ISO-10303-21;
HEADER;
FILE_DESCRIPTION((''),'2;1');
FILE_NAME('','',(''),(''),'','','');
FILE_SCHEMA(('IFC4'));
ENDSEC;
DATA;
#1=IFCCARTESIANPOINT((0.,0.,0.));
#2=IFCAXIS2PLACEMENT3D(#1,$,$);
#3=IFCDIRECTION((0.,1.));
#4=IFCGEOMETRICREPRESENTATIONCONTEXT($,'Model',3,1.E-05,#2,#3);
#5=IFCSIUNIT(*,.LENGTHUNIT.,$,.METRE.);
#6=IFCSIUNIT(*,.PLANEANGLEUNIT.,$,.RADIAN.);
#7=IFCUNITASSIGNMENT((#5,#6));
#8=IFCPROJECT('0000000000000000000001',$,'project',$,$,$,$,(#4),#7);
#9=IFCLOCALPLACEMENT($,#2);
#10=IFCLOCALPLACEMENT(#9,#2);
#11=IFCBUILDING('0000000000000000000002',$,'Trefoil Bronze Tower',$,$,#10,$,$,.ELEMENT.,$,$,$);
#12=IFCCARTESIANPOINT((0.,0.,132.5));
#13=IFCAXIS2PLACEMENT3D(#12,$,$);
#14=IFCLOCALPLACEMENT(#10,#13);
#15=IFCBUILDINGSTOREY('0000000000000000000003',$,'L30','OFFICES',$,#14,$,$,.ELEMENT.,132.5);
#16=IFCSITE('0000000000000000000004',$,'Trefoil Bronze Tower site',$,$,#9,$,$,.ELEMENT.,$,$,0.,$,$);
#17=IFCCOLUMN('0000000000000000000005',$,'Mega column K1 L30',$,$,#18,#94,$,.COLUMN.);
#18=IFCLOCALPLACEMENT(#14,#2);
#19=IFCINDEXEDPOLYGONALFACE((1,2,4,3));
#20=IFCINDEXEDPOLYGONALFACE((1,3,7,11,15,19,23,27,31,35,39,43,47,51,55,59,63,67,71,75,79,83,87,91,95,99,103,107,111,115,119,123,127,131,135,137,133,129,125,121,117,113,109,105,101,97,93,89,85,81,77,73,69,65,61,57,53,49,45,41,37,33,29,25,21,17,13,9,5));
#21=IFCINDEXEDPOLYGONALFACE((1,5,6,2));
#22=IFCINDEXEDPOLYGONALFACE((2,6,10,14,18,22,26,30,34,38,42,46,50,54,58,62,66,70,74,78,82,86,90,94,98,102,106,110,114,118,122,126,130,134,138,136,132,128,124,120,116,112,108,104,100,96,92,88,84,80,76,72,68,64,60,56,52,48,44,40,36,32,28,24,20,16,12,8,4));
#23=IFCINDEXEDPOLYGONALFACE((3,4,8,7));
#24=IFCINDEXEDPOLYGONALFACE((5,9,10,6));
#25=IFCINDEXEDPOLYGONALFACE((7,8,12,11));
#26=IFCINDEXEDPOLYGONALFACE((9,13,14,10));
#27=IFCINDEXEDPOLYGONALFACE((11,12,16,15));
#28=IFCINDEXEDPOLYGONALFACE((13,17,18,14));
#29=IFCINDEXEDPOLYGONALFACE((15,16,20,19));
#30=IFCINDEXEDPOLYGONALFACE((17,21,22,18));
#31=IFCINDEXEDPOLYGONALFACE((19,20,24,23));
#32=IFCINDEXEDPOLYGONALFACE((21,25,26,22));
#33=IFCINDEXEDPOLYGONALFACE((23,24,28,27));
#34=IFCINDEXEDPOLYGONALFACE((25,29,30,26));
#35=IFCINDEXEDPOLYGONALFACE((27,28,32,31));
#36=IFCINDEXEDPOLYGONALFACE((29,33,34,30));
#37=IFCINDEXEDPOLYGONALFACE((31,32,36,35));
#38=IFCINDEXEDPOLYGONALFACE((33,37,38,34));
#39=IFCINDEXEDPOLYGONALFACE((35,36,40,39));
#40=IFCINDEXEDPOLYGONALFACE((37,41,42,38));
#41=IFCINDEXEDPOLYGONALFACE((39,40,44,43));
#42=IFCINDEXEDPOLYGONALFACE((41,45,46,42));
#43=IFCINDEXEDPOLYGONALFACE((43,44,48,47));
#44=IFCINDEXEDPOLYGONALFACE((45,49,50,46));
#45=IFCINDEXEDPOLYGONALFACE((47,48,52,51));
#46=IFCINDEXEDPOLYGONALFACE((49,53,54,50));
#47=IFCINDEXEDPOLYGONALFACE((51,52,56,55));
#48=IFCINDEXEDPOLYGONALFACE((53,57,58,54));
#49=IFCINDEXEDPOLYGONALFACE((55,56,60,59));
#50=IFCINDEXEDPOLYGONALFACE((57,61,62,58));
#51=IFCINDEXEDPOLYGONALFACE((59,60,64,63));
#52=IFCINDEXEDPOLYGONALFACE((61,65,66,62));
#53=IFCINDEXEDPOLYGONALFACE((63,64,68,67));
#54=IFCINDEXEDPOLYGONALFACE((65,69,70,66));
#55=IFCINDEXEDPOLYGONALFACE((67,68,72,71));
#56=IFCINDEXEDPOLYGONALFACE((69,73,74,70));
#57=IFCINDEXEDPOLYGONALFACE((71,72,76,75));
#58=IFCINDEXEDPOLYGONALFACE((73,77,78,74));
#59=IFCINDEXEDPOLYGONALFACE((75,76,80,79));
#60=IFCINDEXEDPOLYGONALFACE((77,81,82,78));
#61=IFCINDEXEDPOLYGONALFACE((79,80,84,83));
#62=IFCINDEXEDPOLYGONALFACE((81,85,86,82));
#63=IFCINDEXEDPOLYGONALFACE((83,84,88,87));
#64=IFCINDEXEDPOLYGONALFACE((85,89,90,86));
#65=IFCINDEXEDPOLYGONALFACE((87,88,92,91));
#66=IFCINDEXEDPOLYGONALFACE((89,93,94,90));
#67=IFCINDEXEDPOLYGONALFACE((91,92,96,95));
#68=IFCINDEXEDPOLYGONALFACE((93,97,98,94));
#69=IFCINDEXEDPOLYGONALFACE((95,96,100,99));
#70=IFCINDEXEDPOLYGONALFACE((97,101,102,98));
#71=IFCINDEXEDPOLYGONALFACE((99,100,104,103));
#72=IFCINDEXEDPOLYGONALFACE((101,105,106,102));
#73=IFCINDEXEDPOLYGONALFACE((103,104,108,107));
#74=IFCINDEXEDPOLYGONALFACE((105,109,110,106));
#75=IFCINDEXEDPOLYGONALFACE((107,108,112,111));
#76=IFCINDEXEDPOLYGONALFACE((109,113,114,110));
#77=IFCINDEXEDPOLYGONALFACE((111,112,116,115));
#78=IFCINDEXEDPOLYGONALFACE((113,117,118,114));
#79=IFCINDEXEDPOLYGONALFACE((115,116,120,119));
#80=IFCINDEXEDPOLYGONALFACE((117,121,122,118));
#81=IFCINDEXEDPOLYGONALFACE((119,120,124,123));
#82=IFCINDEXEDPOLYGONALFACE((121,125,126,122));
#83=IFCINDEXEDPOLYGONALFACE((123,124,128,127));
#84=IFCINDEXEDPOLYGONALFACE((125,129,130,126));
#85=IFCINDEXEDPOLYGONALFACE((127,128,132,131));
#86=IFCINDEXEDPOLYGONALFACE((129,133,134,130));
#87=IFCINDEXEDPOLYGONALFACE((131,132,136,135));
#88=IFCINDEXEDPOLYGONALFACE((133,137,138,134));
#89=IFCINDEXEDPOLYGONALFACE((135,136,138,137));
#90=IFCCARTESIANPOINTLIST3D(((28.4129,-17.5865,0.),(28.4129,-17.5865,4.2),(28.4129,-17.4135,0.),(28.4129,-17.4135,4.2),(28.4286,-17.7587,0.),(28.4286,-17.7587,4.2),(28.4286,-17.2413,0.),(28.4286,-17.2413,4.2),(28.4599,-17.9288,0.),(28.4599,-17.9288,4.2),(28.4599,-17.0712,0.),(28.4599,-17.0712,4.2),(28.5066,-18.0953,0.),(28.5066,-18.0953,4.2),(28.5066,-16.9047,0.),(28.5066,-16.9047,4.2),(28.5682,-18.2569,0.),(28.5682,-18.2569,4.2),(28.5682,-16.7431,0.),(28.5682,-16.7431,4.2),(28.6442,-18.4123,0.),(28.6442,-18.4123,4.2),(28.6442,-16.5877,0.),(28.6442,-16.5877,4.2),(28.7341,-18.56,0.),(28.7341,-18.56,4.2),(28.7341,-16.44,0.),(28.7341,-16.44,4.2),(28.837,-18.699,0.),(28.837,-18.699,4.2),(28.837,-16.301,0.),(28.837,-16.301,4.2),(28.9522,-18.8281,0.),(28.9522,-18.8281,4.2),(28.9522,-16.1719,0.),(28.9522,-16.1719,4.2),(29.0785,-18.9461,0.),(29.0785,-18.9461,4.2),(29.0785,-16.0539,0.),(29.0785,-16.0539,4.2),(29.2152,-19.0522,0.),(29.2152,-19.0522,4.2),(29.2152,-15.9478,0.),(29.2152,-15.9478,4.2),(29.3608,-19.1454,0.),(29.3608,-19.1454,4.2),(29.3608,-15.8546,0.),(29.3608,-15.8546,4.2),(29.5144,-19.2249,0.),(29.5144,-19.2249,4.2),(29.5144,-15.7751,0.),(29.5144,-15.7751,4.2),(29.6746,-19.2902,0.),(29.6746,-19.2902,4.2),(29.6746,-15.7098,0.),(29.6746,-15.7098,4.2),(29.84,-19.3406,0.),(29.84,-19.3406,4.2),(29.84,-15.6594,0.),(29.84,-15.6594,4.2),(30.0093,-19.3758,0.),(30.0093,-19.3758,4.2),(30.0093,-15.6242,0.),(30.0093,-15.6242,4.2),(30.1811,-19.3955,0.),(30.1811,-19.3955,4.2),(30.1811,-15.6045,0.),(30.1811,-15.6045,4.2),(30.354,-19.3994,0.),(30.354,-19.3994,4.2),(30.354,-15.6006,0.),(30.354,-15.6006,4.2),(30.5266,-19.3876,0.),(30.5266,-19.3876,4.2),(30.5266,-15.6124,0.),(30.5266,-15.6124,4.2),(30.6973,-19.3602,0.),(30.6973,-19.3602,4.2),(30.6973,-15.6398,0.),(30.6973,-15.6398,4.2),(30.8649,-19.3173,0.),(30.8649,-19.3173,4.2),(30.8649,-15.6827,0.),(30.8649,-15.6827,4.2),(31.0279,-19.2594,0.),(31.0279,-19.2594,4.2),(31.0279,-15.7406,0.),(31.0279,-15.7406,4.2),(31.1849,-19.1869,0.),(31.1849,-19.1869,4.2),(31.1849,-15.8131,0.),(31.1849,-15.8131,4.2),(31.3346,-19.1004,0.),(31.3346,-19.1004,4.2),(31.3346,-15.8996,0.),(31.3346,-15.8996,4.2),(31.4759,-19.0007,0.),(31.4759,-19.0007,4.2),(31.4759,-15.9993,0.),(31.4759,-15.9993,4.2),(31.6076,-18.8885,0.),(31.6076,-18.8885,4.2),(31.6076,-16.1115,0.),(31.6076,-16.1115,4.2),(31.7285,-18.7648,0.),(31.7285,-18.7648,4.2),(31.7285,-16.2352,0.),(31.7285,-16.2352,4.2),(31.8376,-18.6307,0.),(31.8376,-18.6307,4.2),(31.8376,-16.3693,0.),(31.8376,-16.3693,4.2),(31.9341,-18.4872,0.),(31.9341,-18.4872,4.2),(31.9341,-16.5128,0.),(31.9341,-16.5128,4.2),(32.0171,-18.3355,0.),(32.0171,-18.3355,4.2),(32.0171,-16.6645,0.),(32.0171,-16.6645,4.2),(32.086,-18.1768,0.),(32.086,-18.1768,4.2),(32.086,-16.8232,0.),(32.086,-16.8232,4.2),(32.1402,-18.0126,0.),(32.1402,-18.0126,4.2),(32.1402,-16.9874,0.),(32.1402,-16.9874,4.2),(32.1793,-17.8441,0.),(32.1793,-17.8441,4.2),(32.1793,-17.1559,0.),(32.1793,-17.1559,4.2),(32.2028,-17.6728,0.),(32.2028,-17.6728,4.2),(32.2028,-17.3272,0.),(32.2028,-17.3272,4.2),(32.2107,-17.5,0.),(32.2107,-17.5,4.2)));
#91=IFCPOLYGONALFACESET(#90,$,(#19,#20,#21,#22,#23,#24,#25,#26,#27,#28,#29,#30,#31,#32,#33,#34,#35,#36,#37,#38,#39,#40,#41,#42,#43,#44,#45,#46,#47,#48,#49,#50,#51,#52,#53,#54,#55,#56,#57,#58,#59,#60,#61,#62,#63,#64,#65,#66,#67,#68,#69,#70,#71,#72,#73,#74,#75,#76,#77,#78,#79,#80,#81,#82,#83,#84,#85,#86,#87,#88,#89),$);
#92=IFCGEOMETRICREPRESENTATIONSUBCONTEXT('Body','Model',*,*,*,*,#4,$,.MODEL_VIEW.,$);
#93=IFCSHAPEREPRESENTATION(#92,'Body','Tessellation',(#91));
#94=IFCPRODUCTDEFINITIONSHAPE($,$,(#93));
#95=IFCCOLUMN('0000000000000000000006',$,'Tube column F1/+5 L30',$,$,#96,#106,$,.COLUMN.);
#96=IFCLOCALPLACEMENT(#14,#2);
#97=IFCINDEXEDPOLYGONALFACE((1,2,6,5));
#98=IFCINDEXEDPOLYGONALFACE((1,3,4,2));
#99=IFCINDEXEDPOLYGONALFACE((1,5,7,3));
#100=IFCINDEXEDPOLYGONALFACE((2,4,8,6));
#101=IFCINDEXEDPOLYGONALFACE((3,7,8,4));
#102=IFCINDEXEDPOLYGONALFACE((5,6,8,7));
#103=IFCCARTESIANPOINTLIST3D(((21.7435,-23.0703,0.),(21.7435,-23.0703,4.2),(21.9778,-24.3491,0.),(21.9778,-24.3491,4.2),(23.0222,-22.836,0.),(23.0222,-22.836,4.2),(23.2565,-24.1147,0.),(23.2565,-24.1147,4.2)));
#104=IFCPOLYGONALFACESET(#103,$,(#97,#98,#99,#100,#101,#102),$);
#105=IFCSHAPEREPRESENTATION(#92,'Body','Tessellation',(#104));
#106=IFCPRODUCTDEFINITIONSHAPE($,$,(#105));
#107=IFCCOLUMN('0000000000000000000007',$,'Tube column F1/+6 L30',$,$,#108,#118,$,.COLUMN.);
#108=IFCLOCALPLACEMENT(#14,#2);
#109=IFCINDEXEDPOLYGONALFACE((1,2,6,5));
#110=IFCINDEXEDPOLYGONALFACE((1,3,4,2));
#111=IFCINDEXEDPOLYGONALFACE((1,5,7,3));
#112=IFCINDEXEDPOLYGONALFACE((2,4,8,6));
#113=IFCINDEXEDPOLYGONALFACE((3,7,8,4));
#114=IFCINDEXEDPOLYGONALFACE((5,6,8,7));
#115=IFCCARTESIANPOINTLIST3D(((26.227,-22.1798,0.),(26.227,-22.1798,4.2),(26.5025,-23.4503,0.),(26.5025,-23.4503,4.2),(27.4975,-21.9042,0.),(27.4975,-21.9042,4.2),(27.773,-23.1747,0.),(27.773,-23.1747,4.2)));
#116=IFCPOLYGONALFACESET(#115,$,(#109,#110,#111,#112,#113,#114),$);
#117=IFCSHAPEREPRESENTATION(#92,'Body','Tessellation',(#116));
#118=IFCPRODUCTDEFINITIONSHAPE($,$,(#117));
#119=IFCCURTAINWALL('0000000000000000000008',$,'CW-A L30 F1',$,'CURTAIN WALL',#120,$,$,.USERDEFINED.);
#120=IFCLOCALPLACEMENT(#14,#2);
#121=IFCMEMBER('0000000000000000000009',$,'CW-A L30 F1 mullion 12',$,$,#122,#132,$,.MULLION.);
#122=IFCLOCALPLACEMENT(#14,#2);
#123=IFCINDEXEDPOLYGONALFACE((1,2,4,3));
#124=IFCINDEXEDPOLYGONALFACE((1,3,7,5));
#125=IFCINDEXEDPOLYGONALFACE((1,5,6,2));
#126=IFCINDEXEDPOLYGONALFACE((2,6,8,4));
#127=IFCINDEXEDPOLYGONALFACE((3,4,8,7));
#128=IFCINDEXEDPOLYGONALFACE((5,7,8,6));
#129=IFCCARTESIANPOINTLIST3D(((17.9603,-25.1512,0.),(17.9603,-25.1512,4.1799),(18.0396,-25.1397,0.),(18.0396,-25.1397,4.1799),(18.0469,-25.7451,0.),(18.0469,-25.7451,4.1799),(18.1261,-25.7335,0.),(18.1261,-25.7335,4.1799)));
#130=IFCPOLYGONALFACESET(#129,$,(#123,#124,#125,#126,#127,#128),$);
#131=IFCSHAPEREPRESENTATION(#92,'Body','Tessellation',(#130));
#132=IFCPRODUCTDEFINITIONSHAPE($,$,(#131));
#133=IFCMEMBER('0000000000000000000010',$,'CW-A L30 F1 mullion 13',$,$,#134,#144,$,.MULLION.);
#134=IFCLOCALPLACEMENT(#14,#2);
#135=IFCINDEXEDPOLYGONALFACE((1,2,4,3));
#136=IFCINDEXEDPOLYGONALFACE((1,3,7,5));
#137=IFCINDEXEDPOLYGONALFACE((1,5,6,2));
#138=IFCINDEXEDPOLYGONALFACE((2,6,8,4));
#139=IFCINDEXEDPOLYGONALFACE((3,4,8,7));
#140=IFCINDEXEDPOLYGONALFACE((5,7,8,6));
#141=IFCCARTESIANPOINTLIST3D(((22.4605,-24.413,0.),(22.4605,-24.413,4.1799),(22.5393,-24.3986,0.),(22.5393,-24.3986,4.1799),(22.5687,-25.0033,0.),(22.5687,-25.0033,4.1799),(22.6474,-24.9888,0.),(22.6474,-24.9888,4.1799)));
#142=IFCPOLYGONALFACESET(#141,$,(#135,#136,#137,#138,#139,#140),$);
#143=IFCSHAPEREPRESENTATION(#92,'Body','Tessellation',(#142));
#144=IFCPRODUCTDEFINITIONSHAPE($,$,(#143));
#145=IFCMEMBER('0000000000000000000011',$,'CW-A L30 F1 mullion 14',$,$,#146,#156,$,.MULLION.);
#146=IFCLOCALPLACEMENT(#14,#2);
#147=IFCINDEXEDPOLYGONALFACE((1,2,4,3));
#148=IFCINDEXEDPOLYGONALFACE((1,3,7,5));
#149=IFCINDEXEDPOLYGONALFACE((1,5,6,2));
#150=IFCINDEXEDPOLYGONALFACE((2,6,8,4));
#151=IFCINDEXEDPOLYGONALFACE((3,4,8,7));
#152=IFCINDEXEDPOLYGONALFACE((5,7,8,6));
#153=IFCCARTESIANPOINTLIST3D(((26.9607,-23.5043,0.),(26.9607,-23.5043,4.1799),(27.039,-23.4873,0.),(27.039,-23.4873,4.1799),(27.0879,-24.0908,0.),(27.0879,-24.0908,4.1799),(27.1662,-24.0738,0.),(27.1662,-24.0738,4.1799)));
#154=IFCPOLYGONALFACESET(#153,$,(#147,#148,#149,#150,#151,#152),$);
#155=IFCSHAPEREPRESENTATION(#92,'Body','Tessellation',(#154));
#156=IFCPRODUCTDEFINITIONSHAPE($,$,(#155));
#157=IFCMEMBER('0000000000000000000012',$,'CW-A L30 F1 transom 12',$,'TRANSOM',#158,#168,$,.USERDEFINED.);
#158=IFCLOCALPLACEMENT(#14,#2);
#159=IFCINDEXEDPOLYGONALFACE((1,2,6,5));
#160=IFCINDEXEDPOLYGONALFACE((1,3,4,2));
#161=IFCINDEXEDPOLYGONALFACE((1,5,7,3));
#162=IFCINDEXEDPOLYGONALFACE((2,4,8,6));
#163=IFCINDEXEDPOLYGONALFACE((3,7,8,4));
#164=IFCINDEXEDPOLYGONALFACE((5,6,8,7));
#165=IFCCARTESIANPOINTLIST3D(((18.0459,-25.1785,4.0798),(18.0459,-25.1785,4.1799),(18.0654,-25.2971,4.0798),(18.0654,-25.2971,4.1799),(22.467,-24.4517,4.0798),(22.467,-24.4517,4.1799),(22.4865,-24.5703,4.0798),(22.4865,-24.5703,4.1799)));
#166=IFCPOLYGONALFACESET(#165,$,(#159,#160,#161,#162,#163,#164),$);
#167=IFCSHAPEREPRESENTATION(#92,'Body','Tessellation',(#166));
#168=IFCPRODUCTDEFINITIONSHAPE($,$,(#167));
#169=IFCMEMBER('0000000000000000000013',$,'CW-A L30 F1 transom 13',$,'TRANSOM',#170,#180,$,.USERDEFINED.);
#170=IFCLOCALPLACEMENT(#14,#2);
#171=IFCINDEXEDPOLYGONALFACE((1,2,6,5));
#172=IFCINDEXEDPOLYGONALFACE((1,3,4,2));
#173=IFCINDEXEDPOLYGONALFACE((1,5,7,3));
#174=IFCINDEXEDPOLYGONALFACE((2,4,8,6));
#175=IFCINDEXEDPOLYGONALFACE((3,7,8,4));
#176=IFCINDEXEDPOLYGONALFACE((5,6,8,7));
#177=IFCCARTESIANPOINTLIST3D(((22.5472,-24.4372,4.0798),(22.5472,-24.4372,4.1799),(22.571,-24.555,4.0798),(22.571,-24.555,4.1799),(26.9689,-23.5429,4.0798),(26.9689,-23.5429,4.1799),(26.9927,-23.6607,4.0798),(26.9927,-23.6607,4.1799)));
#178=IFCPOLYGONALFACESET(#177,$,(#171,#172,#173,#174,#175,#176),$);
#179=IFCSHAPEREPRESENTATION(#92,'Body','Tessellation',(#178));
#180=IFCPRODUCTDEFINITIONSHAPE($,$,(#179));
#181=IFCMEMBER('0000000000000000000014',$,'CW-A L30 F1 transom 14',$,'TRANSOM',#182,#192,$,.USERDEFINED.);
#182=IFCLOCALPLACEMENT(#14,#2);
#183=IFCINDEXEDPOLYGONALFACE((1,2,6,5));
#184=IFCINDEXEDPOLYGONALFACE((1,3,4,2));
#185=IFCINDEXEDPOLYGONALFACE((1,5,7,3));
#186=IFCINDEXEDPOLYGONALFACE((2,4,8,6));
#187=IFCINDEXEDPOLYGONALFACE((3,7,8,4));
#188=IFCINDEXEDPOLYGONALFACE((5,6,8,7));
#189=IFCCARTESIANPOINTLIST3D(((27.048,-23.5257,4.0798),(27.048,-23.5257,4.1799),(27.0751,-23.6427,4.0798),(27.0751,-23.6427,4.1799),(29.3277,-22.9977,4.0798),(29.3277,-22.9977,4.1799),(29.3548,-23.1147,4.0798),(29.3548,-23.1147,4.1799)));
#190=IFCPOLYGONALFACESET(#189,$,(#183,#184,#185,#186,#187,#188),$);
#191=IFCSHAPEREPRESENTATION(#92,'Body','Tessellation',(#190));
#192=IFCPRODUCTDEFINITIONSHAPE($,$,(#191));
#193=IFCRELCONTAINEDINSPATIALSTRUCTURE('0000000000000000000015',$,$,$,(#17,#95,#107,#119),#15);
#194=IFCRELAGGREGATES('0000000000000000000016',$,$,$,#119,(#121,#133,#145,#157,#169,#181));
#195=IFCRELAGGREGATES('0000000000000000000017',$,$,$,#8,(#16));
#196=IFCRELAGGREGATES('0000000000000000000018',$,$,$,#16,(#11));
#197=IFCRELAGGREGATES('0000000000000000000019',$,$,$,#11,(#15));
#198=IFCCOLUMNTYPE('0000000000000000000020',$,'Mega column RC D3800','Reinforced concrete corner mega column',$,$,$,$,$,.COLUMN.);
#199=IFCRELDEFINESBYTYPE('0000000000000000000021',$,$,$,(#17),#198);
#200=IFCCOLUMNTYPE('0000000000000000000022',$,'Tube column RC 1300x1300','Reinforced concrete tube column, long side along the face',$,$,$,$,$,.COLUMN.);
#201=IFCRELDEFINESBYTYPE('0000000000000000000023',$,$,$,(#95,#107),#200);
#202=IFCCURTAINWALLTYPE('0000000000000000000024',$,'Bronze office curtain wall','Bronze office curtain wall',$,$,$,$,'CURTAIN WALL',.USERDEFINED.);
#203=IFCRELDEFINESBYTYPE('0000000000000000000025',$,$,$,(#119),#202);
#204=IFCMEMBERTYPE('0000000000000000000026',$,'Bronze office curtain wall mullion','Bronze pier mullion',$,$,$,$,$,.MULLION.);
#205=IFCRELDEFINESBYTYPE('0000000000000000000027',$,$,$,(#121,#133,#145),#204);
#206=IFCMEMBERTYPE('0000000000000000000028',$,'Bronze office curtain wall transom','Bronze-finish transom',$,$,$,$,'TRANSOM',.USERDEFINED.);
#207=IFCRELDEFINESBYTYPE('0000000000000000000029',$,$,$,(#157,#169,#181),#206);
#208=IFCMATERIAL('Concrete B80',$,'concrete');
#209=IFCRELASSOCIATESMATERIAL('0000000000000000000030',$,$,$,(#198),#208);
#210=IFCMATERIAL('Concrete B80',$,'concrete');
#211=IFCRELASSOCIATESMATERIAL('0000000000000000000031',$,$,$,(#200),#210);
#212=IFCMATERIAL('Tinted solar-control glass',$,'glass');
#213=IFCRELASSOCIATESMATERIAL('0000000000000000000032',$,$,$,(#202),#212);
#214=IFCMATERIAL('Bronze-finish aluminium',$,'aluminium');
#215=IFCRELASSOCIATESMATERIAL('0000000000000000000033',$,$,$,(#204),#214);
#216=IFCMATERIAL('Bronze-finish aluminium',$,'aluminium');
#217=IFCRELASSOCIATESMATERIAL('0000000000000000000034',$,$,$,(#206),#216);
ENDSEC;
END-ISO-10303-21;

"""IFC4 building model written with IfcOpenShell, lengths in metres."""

from ifc_helpers import new_model, si_unit, direction, frame, origin, origin_2d, place, context, subcontext, project, spatial, rectangle, circle, extrude, material, material_profile, profile_set, type_object, element, aggregate, save


model = new_model("IFC4")

# Units and contexts
model_context = context("Model", 3, precision=1e-05, world=origin(), true_north=direction((0.0, 1.0)))
body_context = subcontext(model_context, "Body", "Model", "MODEL_VIEW")
ifc_project = project(units=[si_unit("LENGTHUNIT", "METRE"), si_unit("PLANEANGLEUNIT", "RADIAN")], contexts=[model_context])

# Site, building, storey
site_placement = place(None, origin())
site = spatial("IfcSite", under=ifc_project, at=site_placement, Name="Trefoil Bronze Tower site", CompositionType="ELEMENT", RefElevation=0.0)
building_placement = place(site_placement, origin())
building = spatial("IfcBuilding", under=site, at=building_placement, Name="Trefoil Bronze Tower", CompositionType="ELEMENT")
storey_placement = place(building_placement, frame((0.0, 0.0, 132.5)))
storey = spatial("IfcBuildingStorey", under=building, at=storey_placement, Name="L30", Description="OFFICES", CompositionType="ELEMENT", Elevation=132.5)

# Columns
ifc_material_1 = material(Name="Concrete B80", Category="concrete")
ifc_material_profile_1 = material_profile(ifc_material_1, circle(Radius=1.8999, at=origin_2d()), Name="RC D3800")
ifc_profile_set_1 = profile_set([ifc_material_profile_1], Name="Concrete B80")
column_type_1 = type_object("IfcColumnType", Name="Mega column RC D3800", Description="Reinforced concrete corner mega column", PredefinedType="COLUMN", material=ifc_profile_set_1)
column_placement = place(storey_placement, frame((30.3108, -17.5, 0.0), z_axis=(0.0, 0.0, 1.0), x_axis=(1.0, 0.0, 0.0)))
element("IfcColumn", 1, at=column_placement, inside=storey, type_object=column_type_1, Name="Mega column K1 L30", PredefinedType="COLUMN", context=body_context, shape_type="SweptSolid", body=[
    extrude(circle(Radius=1.8999, at=origin_2d()), origin(), (0.0, 0.0, 1.0), 4.2),
])
ifc_material_2 = material(Name="Concrete B80", Category="concrete")
ifc_material_profile_2 = material_profile(ifc_material_2, rectangle(XDim=1.3, YDim=1.3, at=origin_2d()), Name="RC 1300x1300")
ifc_profile_set_2 = profile_set([ifc_material_profile_2], Name="Concrete B80")
column_type_2 = type_object("IfcColumnType", Name="Tube column RC 1300x1300", Description="Reinforced concrete tube column, long side along the face", PredefinedType="COLUMN", material=ifc_profile_set_2)
for number, where, z_axis, x_axis, name in (
    (2, (22.5, -23.5925, 0.0), (0.0, 0.0, 1.0), (0.983623, 0.180241, 0.0), "Tube column F1/+5 L30"),
    (3, (27.0, -22.6772, 0.0), (0.0, 0.0, 1.0), (0.977276, 0.21197, 0.0), "Tube column F1/+6 L30"),
):
    element("IfcColumn", number, at=place(storey_placement, frame(where, z_axis=z_axis, x_axis=x_axis)), inside=storey, type_object=column_type_2, Name=name, PredefinedType="COLUMN", context=body_context, shape_type="SweptSolid", body=[
        extrude(rectangle(XDim=1.3, YDim=1.3, at=origin_2d()), origin(), (0.0, 0.0, 1.0), 4.2),
    ])

# Curtain wall, members
ifc_material_3 = material(Name="Tinted solar-control glass", Category="glass")
curtain_wall_type_1 = type_object("IfcCurtainWallType", Name="Bronze office curtain wall", Description="Bronze office curtain wall", ElementType="CURTAIN WALL", PredefinedType="USERDEFINED", material=ifc_material_3)
curtain_wall_1_placement = place(storey_placement, origin())
curtain_wall_1 = element("IfcCurtainWall", 4, at=curtain_wall_1_placement, inside=storey, type_object=curtain_wall_type_1, Name="CW-A L30 F1", ObjectType="CURTAIN WALL", PredefinedType="USERDEFINED")
ifc_material_4 = material(Name="Bronze-finish aluminium", Category="aluminium")
ifc_material_profile_3 = material_profile(ifc_material_4, rectangle(XDim=0.6001, YDim=0.0801, at=origin_2d()), Name="CW-A mullion")
ifc_profile_set_3 = profile_set([ifc_material_profile_3], Name="Bronze-finish aluminium")
member_type_1 = type_object("IfcMemberType", Name="Bronze office curtain wall mullion", Description="Bronze pier mullion", PredefinedType="MULLION", material=ifc_profile_set_3)
member_1_placement = place(storey_placement, frame((18.0432, -25.4424, 0.0), z_axis=(0.0, 0.0, 1.0), x_axis=(-0.144192, 0.98955, 0.0)))
member_1 = element("IfcMember", 5, at=member_1_placement, type_object=member_type_1, Name="CW-A L30 F1 mullion 12", PredefinedType="MULLION", context=body_context, shape_type="SweptSolid", body=[
    extrude(rectangle(XDim=0.6001, YDim=0.0801, at=origin_2d()), origin(), (0.0, 0.0, 1.0), 4.1799),
])
member_2_placement = place(storey_placement, frame((22.554, -24.7009, 0.0), z_axis=(0.0, 0.0, 1.0), x_axis=(-0.180241, 0.983623, 0.0)))
member_2 = element("IfcMember", 6, at=member_2_placement, type_object=member_type_1, Name="CW-A L30 F1 mullion 13", PredefinedType="MULLION", context=body_context, shape_type="SweptSolid", body=[
    extrude(rectangle(XDim=0.6001, YDim=0.0801, at=origin_2d()), origin(), (0.0, 0.0, 1.0), 4.1799),
])
member_3_placement = place(storey_placement, frame((27.0635, -23.7891, 0.0), z_axis=(0.0, 0.0, 1.0), x_axis=(-0.21197, 0.977276, 0.0)))
member_3 = element("IfcMember", 7, at=member_3_placement, type_object=member_type_1, Name="CW-A L30 F1 mullion 14", PredefinedType="MULLION", context=body_context, shape_type="SweptSolid", body=[
    extrude(rectangle(XDim=0.6001, YDim=0.0801, at=origin_2d()), origin(), (0.0, 0.0, 1.0), 4.1799),
])
ifc_material_5 = material(Name="Bronze-finish aluminium", Category="aluminium")
ifc_material_profile_4 = material_profile(ifc_material_5, rectangle(XDim=0.1201, YDim=0.1001, at=origin_2d()), Name="CW-A transom")
ifc_profile_set_4 = profile_set([ifc_material_profile_4], Name="Bronze-finish aluminium")
member_type_2 = type_object("IfcMemberType", Name="Bronze office curtain wall transom", Description="Bronze-finish transom", ElementType="TRANSOM", PredefinedType="USERDEFINED", material=ifc_profile_set_4)
member_4_placement = place(storey_placement, frame((18.0557, -25.2378, 4.1299), z_axis=(0.986755, 0.162216, 0.0), x_axis=(-0.162216, 0.986755, 0.0)))
member_4 = element("IfcMember", 8, at=member_4_placement, type_object=member_type_2, Name="CW-A L30 F1 transom 12", ObjectType="TRANSOM", PredefinedType="USERDEFINED", context=body_context, shape_type="SweptSolid", body=[
    extrude(rectangle(XDim=0.1201, YDim=0.1001, at=origin_2d()), origin(), (0.0, 0.0, 1.0), 4.4805),
])
member_5_placement = place(storey_placement, frame((22.5591, -24.4961, 4.1299), z_axis=(0.980154, 0.198239, 0.0), x_axis=(-0.198239, 0.980154, 0.0)))
member_5 = element("IfcMember", 9, at=member_5_placement, type_object=member_type_2, Name="CW-A L30 F1 transom 13", ObjectType="TRANSOM", PredefinedType="USERDEFINED", context=body_context, shape_type="SweptSolid", body=[
    extrude(rectangle(XDim=0.1201, YDim=0.1001, at=origin_2d()), origin(), (0.0, 0.0, 1.0), 4.5112),
])
member_6_placement = place(storey_placement, frame((27.0615, -23.5842, 4.1299), z_axis=(0.974206, 0.225659, 0.0), x_axis=(-0.225659, 0.974206, 0.0)))
member_6 = element("IfcMember", 10, at=member_6_placement, type_object=member_type_2, Name="CW-A L30 F1 transom 14", ObjectType="TRANSOM", PredefinedType="USERDEFINED", context=body_context, shape_type="SweptSolid", body=[
    extrude(rectangle(XDim=0.1201, YDim=0.1001, at=origin_2d()), origin(), (0.0, 0.0, 1.0), 2.3401),
])

aggregate(curtain_wall_1, [member_1, member_2, member_3, member_4, member_5, member_6])

save(model, "model.ifc")
